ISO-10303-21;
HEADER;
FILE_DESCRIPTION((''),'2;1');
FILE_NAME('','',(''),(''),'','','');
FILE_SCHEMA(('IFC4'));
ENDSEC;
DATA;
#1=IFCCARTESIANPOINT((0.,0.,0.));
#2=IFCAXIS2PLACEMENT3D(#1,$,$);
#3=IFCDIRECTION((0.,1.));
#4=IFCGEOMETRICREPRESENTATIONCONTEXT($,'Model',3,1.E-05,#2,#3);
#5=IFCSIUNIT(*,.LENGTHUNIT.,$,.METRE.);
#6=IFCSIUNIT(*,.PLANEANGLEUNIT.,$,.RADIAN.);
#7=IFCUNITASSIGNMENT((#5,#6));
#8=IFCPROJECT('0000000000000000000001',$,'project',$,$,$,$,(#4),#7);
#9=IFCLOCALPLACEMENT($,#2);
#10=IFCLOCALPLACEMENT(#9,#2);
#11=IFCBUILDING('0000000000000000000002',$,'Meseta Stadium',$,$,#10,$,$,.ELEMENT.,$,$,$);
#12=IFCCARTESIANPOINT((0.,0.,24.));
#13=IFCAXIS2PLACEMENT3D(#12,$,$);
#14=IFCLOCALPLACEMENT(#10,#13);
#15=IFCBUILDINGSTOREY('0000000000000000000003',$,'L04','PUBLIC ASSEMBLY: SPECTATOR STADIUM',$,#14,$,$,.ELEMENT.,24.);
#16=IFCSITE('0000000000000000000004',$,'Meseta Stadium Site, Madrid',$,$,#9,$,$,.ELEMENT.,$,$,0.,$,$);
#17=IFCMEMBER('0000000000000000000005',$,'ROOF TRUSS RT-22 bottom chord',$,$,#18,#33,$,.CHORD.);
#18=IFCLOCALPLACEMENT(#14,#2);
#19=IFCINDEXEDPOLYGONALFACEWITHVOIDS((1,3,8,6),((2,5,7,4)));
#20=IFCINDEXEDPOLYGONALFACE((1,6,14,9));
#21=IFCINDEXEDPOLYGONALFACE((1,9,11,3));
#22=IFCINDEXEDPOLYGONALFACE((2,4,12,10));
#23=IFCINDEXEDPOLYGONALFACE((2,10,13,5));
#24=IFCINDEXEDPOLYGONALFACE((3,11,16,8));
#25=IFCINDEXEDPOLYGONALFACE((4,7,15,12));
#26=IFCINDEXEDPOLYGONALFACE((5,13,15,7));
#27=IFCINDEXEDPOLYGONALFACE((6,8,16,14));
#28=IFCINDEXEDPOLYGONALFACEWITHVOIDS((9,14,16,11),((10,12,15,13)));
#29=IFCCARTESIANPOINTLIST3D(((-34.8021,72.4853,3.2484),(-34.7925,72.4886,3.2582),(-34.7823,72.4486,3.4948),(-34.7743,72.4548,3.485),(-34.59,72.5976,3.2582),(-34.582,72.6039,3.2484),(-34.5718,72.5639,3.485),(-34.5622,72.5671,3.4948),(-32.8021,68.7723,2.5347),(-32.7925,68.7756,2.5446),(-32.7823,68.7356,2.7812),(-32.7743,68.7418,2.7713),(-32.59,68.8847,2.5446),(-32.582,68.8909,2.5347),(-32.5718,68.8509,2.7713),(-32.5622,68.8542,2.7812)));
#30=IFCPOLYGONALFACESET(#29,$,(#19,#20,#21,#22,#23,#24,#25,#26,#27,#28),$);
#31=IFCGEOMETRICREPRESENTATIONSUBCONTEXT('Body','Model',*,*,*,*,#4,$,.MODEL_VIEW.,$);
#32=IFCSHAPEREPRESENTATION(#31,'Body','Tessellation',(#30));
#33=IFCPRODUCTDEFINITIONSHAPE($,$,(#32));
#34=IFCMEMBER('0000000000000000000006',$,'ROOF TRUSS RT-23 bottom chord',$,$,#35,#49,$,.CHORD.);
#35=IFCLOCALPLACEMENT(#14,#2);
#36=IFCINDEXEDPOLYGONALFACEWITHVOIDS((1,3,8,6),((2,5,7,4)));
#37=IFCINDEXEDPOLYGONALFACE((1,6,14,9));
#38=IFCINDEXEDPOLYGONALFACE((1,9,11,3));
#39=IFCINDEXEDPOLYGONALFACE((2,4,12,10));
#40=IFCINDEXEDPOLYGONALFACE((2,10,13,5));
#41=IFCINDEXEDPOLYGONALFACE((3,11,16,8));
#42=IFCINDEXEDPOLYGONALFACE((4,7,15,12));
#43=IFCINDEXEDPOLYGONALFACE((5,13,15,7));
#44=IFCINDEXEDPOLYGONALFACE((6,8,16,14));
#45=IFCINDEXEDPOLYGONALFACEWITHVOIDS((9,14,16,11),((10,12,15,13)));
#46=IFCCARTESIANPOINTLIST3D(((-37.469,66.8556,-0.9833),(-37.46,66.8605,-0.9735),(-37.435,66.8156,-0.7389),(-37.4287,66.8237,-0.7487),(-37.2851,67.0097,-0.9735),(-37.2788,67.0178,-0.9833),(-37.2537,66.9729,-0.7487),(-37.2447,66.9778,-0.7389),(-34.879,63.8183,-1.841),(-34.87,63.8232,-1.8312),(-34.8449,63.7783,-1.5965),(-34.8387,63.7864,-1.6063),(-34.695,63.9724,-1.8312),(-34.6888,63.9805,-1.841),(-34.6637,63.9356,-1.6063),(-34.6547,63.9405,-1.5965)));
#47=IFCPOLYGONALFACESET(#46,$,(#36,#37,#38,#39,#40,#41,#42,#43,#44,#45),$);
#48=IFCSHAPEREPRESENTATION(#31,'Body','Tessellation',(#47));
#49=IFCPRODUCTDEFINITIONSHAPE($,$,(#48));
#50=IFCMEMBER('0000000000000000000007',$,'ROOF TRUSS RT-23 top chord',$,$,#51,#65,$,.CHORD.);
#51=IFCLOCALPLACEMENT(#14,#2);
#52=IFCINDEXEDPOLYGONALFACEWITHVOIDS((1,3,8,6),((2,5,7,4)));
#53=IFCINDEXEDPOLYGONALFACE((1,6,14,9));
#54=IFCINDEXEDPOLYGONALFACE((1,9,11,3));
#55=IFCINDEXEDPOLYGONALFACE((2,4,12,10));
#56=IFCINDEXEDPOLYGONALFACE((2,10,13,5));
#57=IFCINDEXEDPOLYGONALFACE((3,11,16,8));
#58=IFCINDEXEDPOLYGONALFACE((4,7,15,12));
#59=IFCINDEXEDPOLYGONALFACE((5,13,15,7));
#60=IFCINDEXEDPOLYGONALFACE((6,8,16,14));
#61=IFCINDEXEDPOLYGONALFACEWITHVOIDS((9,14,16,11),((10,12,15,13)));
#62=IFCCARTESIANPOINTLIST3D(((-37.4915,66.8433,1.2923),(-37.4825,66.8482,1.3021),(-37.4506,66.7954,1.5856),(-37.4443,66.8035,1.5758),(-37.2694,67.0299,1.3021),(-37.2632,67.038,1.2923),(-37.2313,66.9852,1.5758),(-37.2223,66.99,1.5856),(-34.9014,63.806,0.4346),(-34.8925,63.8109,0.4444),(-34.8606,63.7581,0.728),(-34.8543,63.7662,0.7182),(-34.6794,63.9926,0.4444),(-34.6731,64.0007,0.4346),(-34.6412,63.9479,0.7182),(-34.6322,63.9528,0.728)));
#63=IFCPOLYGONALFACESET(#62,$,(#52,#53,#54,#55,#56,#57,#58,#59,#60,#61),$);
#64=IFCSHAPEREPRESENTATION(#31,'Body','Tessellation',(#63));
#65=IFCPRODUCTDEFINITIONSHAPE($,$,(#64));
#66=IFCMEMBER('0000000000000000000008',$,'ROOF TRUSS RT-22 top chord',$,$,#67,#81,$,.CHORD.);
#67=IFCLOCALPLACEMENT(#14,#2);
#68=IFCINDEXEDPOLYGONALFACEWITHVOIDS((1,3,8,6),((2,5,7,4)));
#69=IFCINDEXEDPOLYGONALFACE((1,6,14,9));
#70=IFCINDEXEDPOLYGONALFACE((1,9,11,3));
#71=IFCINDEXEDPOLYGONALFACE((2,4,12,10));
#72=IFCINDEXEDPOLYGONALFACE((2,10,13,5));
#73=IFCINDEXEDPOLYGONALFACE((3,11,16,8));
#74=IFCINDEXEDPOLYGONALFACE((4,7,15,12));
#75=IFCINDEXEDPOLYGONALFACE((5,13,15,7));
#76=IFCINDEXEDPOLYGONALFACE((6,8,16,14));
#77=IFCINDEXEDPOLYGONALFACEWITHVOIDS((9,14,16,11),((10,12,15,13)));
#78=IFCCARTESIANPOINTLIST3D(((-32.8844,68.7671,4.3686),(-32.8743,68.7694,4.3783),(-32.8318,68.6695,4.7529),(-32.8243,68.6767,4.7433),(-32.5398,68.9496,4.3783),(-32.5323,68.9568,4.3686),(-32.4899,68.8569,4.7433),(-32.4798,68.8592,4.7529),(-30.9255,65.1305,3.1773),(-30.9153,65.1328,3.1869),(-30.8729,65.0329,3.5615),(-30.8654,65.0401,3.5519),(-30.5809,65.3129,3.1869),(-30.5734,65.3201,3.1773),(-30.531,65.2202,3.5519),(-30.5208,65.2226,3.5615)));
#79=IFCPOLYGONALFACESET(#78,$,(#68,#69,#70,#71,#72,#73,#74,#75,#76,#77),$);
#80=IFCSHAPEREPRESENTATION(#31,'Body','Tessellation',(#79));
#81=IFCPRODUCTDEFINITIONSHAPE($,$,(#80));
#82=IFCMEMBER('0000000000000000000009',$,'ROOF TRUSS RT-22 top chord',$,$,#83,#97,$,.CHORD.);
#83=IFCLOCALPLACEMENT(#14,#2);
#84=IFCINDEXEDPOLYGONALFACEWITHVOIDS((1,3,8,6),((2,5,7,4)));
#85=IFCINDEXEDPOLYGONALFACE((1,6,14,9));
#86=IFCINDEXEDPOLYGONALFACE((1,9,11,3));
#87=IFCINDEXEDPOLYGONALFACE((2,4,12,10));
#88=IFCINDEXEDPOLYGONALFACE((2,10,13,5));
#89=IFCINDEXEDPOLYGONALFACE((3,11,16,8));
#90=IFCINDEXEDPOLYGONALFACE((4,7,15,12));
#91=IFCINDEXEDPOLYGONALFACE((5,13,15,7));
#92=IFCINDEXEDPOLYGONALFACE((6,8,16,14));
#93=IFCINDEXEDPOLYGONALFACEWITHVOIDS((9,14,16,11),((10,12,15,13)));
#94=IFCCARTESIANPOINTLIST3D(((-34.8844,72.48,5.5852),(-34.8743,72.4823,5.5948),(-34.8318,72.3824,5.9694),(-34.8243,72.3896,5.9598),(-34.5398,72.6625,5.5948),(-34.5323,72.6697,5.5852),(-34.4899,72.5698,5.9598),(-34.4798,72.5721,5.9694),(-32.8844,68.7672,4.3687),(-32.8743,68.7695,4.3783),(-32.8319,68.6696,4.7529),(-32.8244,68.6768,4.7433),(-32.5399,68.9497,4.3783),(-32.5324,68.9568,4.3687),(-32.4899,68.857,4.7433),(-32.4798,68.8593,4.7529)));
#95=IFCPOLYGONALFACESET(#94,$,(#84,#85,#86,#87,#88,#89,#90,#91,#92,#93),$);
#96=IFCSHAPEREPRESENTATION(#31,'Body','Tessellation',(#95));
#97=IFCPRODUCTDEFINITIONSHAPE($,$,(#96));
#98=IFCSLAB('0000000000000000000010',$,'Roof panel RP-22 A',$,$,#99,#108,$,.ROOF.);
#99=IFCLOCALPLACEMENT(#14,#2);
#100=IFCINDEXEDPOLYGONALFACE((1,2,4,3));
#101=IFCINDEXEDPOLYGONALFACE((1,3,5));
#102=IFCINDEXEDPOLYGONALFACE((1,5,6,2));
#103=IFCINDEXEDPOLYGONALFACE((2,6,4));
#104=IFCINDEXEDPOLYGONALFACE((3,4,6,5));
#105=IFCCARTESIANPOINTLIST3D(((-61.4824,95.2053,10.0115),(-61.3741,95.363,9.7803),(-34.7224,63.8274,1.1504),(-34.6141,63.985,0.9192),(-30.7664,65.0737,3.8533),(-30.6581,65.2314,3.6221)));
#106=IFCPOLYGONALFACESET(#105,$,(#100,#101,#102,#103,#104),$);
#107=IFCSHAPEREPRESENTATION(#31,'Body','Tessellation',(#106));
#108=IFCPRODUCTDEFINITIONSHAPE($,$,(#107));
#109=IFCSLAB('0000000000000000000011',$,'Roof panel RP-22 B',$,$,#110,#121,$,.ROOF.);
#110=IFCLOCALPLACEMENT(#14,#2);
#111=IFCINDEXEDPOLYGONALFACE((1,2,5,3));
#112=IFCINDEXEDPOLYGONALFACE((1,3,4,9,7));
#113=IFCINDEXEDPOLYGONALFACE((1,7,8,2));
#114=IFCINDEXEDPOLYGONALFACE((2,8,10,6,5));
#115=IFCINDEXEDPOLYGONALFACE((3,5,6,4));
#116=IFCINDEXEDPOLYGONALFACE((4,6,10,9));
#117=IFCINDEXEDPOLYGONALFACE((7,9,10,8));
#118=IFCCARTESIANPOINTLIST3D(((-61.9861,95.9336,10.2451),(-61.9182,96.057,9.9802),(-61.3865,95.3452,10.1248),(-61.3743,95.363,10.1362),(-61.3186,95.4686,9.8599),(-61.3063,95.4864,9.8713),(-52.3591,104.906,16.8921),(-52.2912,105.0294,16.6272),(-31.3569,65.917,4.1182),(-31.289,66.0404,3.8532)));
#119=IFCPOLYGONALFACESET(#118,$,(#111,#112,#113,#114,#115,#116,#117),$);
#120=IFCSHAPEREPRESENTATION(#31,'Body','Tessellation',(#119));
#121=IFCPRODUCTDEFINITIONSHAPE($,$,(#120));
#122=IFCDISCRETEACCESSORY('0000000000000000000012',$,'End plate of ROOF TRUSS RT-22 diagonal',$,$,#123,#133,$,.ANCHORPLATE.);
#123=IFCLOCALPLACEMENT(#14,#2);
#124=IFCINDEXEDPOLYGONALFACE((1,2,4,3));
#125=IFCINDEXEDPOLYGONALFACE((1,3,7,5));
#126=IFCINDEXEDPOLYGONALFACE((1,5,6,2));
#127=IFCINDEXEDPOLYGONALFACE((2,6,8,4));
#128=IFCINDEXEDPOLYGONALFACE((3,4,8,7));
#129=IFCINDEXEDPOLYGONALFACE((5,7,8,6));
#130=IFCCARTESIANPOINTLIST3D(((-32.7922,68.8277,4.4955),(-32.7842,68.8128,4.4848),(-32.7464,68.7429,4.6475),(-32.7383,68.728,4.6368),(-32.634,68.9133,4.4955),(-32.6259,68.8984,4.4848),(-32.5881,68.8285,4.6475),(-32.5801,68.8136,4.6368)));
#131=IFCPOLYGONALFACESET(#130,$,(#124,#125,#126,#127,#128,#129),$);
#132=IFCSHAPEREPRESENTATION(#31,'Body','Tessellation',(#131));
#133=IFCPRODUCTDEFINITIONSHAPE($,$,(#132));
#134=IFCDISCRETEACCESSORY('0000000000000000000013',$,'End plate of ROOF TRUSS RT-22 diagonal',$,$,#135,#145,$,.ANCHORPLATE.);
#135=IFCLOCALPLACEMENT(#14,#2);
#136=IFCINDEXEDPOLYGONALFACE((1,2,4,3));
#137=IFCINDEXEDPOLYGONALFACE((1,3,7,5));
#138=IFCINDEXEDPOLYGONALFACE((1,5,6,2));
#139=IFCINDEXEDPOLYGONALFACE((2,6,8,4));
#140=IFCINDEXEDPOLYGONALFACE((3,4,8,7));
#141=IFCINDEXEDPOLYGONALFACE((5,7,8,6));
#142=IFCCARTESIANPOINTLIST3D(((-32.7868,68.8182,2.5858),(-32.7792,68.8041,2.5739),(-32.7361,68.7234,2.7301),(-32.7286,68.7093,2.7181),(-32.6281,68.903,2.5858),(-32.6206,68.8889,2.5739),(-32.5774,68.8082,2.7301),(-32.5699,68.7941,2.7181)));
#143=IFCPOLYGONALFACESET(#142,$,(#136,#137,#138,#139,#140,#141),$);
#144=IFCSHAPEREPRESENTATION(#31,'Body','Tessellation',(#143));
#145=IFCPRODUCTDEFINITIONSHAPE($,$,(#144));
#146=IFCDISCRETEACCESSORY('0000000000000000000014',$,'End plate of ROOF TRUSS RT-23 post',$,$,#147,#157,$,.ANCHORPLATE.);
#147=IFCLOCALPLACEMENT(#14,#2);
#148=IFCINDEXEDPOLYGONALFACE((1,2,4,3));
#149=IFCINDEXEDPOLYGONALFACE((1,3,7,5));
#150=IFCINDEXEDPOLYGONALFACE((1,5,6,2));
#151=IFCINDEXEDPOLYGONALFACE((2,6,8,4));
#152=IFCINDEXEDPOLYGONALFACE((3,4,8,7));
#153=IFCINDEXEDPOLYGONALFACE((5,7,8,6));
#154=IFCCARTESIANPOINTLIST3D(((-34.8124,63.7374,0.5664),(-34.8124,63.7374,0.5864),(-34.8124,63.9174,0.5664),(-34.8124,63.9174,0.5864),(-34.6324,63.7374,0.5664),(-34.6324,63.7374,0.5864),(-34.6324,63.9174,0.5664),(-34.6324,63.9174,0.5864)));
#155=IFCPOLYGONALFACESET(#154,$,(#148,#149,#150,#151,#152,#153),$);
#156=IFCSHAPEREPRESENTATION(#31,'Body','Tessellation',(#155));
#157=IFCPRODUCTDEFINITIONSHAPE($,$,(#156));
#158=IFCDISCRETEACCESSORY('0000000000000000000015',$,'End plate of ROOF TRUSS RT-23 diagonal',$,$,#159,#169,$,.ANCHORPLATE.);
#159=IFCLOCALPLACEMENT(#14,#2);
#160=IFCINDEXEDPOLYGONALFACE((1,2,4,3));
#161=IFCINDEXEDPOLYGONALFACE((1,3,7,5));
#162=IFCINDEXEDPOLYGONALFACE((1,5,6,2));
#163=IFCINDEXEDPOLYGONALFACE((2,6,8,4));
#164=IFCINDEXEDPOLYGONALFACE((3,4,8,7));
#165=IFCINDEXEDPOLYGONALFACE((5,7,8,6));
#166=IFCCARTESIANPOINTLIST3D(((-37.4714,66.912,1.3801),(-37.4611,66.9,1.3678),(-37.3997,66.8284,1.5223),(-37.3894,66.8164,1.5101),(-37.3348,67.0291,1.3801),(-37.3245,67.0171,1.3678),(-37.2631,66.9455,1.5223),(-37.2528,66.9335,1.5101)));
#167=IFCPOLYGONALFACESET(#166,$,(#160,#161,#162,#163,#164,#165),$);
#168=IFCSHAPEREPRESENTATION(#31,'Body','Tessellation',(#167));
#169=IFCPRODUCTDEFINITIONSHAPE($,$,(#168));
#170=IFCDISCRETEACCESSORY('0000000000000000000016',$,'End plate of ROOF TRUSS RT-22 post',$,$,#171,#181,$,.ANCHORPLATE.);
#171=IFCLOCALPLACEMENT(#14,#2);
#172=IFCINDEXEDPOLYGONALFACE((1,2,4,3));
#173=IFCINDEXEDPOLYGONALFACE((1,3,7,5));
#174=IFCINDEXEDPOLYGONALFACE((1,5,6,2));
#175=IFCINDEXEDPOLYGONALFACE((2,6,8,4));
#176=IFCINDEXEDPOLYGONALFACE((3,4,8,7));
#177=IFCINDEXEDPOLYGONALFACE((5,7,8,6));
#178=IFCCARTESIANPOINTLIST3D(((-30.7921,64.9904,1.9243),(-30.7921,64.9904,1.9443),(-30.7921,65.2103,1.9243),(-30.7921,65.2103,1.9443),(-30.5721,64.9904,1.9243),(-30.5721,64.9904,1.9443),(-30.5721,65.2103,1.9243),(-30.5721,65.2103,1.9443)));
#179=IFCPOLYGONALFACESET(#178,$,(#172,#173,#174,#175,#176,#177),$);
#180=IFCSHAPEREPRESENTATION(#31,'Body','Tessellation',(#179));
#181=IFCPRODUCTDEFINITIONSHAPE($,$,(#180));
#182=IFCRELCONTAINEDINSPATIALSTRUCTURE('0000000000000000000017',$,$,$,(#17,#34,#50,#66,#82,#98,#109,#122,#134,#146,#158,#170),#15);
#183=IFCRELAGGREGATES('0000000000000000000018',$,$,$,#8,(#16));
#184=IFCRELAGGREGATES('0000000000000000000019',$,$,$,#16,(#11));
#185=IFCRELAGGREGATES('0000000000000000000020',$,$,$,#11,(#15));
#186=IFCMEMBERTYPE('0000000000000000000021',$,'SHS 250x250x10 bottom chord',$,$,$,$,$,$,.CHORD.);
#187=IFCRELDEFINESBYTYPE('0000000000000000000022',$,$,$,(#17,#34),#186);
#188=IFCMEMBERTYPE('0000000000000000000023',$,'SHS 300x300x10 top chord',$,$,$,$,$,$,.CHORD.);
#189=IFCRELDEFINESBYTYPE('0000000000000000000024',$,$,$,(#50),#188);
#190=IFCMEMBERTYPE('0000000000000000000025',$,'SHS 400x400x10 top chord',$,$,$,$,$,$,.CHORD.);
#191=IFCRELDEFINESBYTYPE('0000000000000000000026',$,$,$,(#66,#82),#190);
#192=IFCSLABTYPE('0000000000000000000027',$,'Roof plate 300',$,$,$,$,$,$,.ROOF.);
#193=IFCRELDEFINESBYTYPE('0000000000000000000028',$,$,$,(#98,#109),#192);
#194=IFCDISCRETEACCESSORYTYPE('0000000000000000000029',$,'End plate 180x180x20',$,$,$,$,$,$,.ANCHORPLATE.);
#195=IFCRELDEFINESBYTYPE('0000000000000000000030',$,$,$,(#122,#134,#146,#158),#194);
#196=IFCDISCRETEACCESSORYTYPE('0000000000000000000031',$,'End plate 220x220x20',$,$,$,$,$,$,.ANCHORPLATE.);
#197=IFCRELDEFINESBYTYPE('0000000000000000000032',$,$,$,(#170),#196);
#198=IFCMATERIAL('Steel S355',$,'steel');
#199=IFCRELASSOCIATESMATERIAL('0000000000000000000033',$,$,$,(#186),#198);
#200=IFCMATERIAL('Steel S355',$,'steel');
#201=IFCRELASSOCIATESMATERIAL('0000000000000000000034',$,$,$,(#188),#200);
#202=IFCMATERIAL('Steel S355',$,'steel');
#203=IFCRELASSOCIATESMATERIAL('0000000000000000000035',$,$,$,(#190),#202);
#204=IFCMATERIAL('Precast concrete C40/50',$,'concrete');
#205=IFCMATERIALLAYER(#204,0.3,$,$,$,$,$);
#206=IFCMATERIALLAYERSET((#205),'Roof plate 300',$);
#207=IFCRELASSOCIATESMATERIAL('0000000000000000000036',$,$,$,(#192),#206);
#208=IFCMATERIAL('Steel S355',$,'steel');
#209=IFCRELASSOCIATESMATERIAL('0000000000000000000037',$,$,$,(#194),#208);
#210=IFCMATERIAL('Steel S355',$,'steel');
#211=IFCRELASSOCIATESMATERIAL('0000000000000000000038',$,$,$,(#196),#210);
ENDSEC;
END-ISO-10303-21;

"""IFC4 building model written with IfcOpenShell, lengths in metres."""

from ifc_helpers import new_model, si_unit, direction, frame, origin, origin_2d, place, context, subcontext, project, spatial, polyline, rectangle, hollow_rectangle, outline, extrude, material, layer, layer_set, material_profile, profile_set, type_object, element, save


model = new_model("IFC4")

# Units and contexts
model_context = context("Model", 3, precision=1e-05, world=origin(), true_north=direction((0.0, 1.0)))
body_context = subcontext(model_context, "Body", "Model", "MODEL_VIEW")
ifc_project = project(units=[si_unit("LENGTHUNIT", "METRE"), si_unit("PLANEANGLEUNIT", "RADIAN")], contexts=[model_context])

# Site, building, storey
site_placement = place(None, origin())
site = spatial("IfcSite", under=ifc_project, at=site_placement, Name="Meseta Stadium Site, Madrid", CompositionType="ELEMENT", RefElevation=0.0)
building_placement = place(site_placement, origin())
building = spatial("IfcBuilding", under=site, at=building_placement, Name="Meseta Stadium", CompositionType="ELEMENT")
storey_placement = place(building_placement, frame((0.0, 0.0, 24.0)))
storey = spatial("IfcBuildingStorey", under=building, at=storey_placement, Name="L04", Description="PUBLIC ASSEMBLY: SPECTATOR STADIUM", CompositionType="ELEMENT", Elevation=24.0)

# Members
ifc_material_1 = material(Name="Steel S355", Category="steel")
ifc_material_profile_1 = material_profile(ifc_material_1, hollow_rectangle(XDim=0.25, YDim=0.25, WallThickness=0.01, at=origin_2d()), Name="SHS 250x250x10")
ifc_profile_set_1 = profile_set([ifc_material_profile_1], Name="Steel S355")
member_type_1 = type_object("IfcMemberType", Name="SHS 250x250x10 bottom chord", PredefinedType="CHORD", material=ifc_profile_set_1)
member_1_placement = place(storey_placement, frame((-32.6821, 68.8132, 2.658), z_axis=(-0.467591, 0.868057, 0.166842), x_axis=(-0.880397, -0.474238, 0.0)))
element("IfcMember", 1, at=member_1_placement, inside=storey, type_object=member_type_1, Name="ROOF TRUSS RT-22 bottom chord", PredefinedType="CHORD", context=body_context, shape_type="SweptSolid", body=[
    extrude(hollow_rectangle(XDim=0.25, YDim=0.25, WallThickness=0.01, at=origin_2d()), origin(), (0.0, 0.0, 1.0), 4.2773),
])
member_2_placement = place(storey_placement, frame((-34.7668, 63.8794, -1.7188), z_axis=(-0.634382, 0.74393, 0.210066), x_axis=(-0.760908, -0.64886, 0.0)))
element("IfcMember", 2, at=member_2_placement, inside=storey, type_object=member_type_1, Name="ROOF TRUSS RT-23 bottom chord", PredefinedType="CHORD", context=body_context, shape_type="SweptSolid", body=[
    extrude(hollow_rectangle(XDim=0.25, YDim=0.25, WallThickness=0.01, at=origin_2d()), origin(), (0.0, 0.0, 1.0), 4.0828),
])
ifc_material_2 = material(Name="Steel S355", Category="steel")
ifc_material_profile_2 = material_profile(ifc_material_2, hollow_rectangle(XDim=0.3, YDim=0.3, WallThickness=0.01, at=origin_2d()), Name="SHS 300x300x10")
ifc_profile_set_2 = profile_set([ifc_material_profile_2], Name="Steel S355")
member_type_2 = type_object("IfcMemberType", Name="SHS 300x300x10 top chord", PredefinedType="CHORD", material=ifc_profile_set_2)
member_3_placement = place(storey_placement, frame((-34.7668, 63.8794, 0.5813), z_axis=(-0.634382, 0.74393, 0.210066), x_axis=(-0.760908, -0.64886, 0.0)))
element("IfcMember", 3, at=member_3_placement, inside=storey, type_object=member_type_2, Name="ROOF TRUSS RT-23 top chord", PredefinedType="CHORD", context=body_context, shape_type="SweptSolid", body=[
    extrude(hollow_rectangle(XDim=0.3, YDim=0.3, WallThickness=0.01, at=origin_2d()), origin(), (0.0, 0.0, 1.0), 4.0828),
])
ifc_material_3 = material(Name="Steel S355", Category="steel")
ifc_material_profile_3 = material_profile(ifc_material_3, hollow_rectangle(XDim=0.3999, YDim=0.3999, WallThickness=0.01, at=origin_2d()), Name="SHS 400x400x10")
ifc_profile_set_3 = profile_set([ifc_material_profile_3], Name="Steel S355")
member_type_3 = type_object("IfcMemberType", Name="SHS 400x400x10 top chord", PredefinedType="CHORD", material=ifc_profile_set_3)
member_4_placement = place(storey_placement, frame((-30.7231, 65.1765, 3.3694), z_axis=(-0.455667, 0.845913, 0.277125), x_axis=(-0.880395, -0.474241, 0.0)))
element("IfcMember", 4, at=member_4_placement, inside=storey, type_object=member_type_3, Name="ROOF TRUSS RT-22 top chord", PredefinedType="CHORD", context=body_context, shape_type="SweptSolid", body=[
    extrude(hollow_rectangle(XDim=0.3999, YDim=0.3999, WallThickness=0.01, at=origin_2d()), origin(), (0.0, 0.0, 1.0), 4.2991),
])
member_5_placement = place(storey_placement, frame((-32.6821, 68.8132, 4.5608), z_axis=(-0.455658, 0.845905, 0.277166), x_axis=(-0.880397, -0.474238, 0.0)))
element("IfcMember", 5, at=member_5_placement, inside=storey, type_object=member_type_3, Name="ROOF TRUSS RT-22 top chord", PredefinedType="CHORD", context=body_context, shape_type="SweptSolid", body=[
    extrude(hollow_rectangle(XDim=0.3999, YDim=0.3999, WallThickness=0.01, at=origin_2d()), origin(), (0.0, 0.0, 1.0), 4.3892),
])

# Slabs
ifc_material_4 = material(Name="Precast concrete C40/50", Category="concrete")
ifc_layer = layer(ifc_material_4, 0.3)
ifc_layer_set = layer_set([ifc_layer], Name="Roof plate 300")
slab_type = type_object("IfcSlabType", Name="Roof plate 300", PredefinedType="ROOF", material=ifc_layer_set)
slab_1_placement = place(storey_placement, frame((-34.7224, 63.8274, 1.1504), z_axis=(-0.360916, -0.525394, 0.77052), x_axis=(-0.634417, 0.743897, 0.210076)))
element("IfcSlab", 6, at=slab_1_placement, inside=storey, type_object=slab_type, Name="Roof panel RP-22 A", PredefinedType="ROOF", context=body_context, shape_type="SweptSolid", body=[
    extrude(outline(polyline([(0.0, 0.0), (42.1805, 0.0), (-1.0148, -4.8456), (0.0, 0.0)])), origin(), (0.0, 0.0, -1.0), 0.3),
])
slab_2_placement = place(storey_placement, frame((-31.3569, 65.917, 4.1182), z_axis=(-0.226381, -0.411232, 0.882972), x_axis=(-0.455665, 0.845908, 0.277144)))
element("IfcSlab", 7, at=slab_2_placement, inside=storey, type_object=slab_type, Name="Roof panel RP-22 B", PredefinedType="ROOF", context=body_context, shape_type="SweptSolid", body=[
    extrude(outline(polyline([(0.0, 0.0), (46.0913, 0.0), (41.046, 13.8531), (40.2417, 13.5824), (40.2544, 13.5614), (0.0, 0.0)])), origin(), (0.0, 0.0, -1.0), 0.3),
])

# Discrete accessories
ifc_material_5 = material(Name="Steel S355", Category="steel")
ifc_material_profile_4 = material_profile(ifc_material_5, rectangle(XDim=0.1799, YDim=0.1799, at=origin_2d()), Name="PL 180x180")
ifc_profile_set_4 = profile_set([ifc_material_profile_4], Name="Steel S355")
discrete_accessory_type_1 = type_object("IfcDiscreteAccessoryType", Name="End plate 180x180x20", PredefinedType="ANCHORPLATE", material=ifc_profile_set_4)
for number, where, z_axis, x_axis, name in (
    (8, (-32.6821, 68.8132, 4.5608), (-0.401782, 0.742688, 0.53571), (-0.879543, -0.475819, 0.0), "End plate of ROOF TRUSS RT-22 diagonal"),
    (9, (-32.6746, 68.7991, 2.646), (-0.377993, 0.707212, 0.597472), (-0.881932, -0.471377, 0.0), "End plate of ROOF TRUSS RT-22 diagonal"),
    (10, (-34.7224, 63.8274, 0.5664), (0.0, 0.0, 1.0), (1.0, 0.0, 0.0), "End plate of ROOF TRUSS RT-23 post"),
    (11, (-37.3569, 66.9167, 1.439), (-0.514457, 0.6002, 0.612449), (-0.759257, -0.650791, 0.0), "End plate of ROOF TRUSS RT-23 diagonal"),
):
    element("IfcDiscreteAccessory", number, at=place(storey_placement, frame(where, z_axis=z_axis, x_axis=x_axis)), inside=storey, type_object=discrete_accessory_type_1, Name=name, PredefinedType="ANCHORPLATE", context=body_context, shape_type="SweptSolid", body=[
        extrude(rectangle(XDim=0.1799, YDim=0.1799, at=origin_2d()), origin(), (0.0, 0.0, 1.0), 0.02),
    ])
ifc_material_6 = material(Name="Steel S355", Category="steel")
ifc_material_profile_5 = material_profile(ifc_material_6, rectangle(XDim=0.22, YDim=0.22, at=origin_2d()), Name="PL 220x220")
ifc_profile_set_5 = profile_set([ifc_material_profile_5], Name="Steel S355")
discrete_accessory_type_2 = type_object("IfcDiscreteAccessoryType", Name="End plate 220x220x20", PredefinedType="ANCHORPLATE", material=ifc_profile_set_5)
discrete_accessory_placement = place(storey_placement, frame((-30.6821, 65.1003, 1.9243), z_axis=(0.0, 0.0, 1.0), x_axis=(1.0, 0.0, 0.0)))
element("IfcDiscreteAccessory", 12, at=discrete_accessory_placement, inside=storey, type_object=discrete_accessory_type_2, Name="End plate of ROOF TRUSS RT-22 post", PredefinedType="ANCHORPLATE", context=body_context, shape_type="SweptSolid", body=[
    extrude(rectangle(XDim=0.22, YDim=0.22, at=origin_2d()), origin(), (0.0, 0.0, 1.0), 0.02),
])

save(model, "model.ifc")
